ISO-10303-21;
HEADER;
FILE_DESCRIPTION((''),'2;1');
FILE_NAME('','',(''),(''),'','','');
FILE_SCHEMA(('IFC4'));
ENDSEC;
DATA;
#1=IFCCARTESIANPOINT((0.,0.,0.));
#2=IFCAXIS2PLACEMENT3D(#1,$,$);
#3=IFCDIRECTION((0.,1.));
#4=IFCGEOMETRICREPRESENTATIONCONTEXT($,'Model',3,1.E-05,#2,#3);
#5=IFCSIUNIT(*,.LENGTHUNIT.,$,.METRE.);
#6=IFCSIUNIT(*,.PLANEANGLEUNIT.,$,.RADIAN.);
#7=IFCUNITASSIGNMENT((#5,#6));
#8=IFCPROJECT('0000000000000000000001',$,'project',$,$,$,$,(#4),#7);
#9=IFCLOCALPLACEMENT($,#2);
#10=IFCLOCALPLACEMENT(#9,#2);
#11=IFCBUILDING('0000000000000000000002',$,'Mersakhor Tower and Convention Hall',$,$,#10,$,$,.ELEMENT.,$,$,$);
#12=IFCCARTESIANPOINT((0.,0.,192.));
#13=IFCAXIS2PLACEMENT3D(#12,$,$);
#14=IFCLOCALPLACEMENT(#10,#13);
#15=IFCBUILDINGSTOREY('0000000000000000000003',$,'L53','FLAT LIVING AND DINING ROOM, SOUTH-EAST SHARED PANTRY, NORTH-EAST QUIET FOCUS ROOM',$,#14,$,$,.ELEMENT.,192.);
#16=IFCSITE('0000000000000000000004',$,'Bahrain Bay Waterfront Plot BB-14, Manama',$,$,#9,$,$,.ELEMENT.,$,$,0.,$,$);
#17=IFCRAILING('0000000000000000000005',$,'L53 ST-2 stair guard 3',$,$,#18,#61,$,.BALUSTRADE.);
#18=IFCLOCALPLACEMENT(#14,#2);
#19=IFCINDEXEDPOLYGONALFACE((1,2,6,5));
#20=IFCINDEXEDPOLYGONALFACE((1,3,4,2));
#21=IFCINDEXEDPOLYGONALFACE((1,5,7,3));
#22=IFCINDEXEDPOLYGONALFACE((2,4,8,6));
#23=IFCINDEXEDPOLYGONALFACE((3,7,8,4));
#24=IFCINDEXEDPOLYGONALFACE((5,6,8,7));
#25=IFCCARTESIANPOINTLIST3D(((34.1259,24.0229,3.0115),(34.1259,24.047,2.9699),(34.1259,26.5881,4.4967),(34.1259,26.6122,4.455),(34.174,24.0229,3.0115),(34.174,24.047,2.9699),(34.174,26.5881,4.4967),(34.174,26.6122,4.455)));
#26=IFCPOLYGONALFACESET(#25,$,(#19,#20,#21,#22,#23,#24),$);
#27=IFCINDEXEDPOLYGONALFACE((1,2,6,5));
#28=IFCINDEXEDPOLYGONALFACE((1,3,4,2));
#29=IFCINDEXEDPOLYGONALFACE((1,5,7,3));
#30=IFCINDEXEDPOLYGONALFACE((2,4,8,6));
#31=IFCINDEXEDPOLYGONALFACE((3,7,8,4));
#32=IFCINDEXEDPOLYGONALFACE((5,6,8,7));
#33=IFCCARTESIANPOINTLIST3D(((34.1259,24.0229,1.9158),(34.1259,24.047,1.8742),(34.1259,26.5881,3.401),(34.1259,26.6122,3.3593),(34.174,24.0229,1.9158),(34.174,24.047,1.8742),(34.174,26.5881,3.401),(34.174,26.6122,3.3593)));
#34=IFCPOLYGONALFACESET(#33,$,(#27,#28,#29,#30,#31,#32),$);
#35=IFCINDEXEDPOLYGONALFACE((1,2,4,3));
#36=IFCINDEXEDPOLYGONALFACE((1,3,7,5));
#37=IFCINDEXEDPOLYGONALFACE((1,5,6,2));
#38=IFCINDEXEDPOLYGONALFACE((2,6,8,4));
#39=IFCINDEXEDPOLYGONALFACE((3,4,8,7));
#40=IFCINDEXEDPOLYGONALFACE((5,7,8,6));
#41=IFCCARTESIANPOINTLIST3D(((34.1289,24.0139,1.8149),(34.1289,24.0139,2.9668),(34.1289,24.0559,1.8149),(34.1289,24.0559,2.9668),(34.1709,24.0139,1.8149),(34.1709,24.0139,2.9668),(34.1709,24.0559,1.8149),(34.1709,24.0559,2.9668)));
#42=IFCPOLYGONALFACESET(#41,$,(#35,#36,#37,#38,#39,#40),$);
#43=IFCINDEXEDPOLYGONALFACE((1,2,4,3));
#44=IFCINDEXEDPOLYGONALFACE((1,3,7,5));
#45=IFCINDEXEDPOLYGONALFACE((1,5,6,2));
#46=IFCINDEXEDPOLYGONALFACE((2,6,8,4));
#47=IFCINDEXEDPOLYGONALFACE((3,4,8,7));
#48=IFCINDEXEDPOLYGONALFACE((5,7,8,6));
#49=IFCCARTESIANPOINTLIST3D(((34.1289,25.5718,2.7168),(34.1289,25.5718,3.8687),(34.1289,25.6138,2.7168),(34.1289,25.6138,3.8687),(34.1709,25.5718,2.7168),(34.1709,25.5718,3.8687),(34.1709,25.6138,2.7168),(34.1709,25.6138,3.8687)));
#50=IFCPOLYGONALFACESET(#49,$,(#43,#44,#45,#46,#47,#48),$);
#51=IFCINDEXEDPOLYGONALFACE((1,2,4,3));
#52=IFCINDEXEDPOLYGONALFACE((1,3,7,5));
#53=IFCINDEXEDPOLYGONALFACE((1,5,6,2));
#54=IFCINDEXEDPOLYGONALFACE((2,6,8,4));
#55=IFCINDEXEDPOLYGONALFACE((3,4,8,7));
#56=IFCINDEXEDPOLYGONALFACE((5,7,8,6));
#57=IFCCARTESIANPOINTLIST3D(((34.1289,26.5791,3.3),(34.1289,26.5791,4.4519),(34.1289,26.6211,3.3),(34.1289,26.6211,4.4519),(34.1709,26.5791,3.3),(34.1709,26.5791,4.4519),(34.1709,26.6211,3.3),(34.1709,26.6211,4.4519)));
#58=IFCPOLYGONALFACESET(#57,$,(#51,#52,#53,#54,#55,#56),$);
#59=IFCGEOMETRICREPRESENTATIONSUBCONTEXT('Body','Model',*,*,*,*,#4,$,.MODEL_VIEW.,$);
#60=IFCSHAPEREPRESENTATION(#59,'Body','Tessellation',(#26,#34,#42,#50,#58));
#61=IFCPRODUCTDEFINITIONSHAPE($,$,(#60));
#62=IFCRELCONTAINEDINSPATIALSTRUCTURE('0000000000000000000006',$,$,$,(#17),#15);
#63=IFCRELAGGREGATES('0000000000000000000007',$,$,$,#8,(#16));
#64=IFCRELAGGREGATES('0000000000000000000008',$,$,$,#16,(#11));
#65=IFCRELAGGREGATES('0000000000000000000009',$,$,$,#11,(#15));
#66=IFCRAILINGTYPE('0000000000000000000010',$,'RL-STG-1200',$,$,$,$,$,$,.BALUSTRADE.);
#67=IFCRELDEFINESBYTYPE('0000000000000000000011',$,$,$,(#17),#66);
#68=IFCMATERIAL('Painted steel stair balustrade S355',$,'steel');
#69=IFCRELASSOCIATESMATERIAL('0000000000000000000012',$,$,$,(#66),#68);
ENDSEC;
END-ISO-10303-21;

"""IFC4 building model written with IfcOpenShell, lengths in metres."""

from ifc_helpers import new_model, si_unit, direction, frame, origin, origin_2d, place, context, subcontext, project, spatial, rectangle, extrude, material, type_object, element, save


model = new_model("IFC4")

# Units and contexts
model_context = context("Model", 3, precision=1e-05, world=origin(), true_north=direction((0.0, 1.0)))
body_context = subcontext(model_context, "Body", "Model", "MODEL_VIEW")
ifc_project = project(units=[si_unit("LENGTHUNIT", "METRE"), si_unit("PLANEANGLEUNIT", "RADIAN")], contexts=[model_context])

# Site, building, storey
site_placement = place(None, origin())
site = spatial("IfcSite", under=ifc_project, at=site_placement, Name="Bahrain Bay Waterfront Plot BB-14, Manama", CompositionType="ELEMENT", RefElevation=0.0)
building_placement = place(site_placement, origin())
building = spatial("IfcBuilding", under=site, at=building_placement, Name="Mersakhor Tower and Convention Hall", CompositionType="ELEMENT")
storey_placement = place(building_placement, frame((0.0, 0.0, 192.0)))
storey = spatial("IfcBuildingStorey", under=building, at=storey_placement, Name="L53", Description="FLAT LIVING AND DINING ROOM, SOUTH-EAST SHARED PANTRY, NORTH-EAST QUIET FOCUS ROOM", CompositionType="ELEMENT", Elevation=192.0)

# Railing
ifc_material_1 = material(Name="Painted steel stair balustrade S355", Category="steel")
railing_type = type_object("IfcRailingType", Name="RL-STG-1200", PredefinedType="BALUSTRADE", material=ifc_material_1)
railing_1_placement = place(storey_placement, frame((34.1499, 24.0349, 1.8149)))
element("IfcRailing", 1, at=railing_1_placement, inside=storey, type_object=railing_type, Name="L53 ST-2 stair guard 3", PredefinedType="BALUSTRADE", context=body_context, shape_type="SweptSolid", body=[
    extrude(rectangle(XDim=0.0481, YDim=0.0481, at=origin_2d()), frame((0.0, 0.0, 1.1758), z_axis=(0.0, 0.865426, 0.501036), x_axis=(-1.0, 0.0, 0.0)), (0.0, 0.0, 1.0), 2.9641),
    extrude(rectangle(XDim=0.0481, YDim=0.0481, at=origin_2d()), frame((0.0, 0.0, 0.0801), z_axis=(0.0, 0.865426, 0.501036), x_axis=(-1.0, 0.0, 0.0)), (0.0, 0.0, 1.0), 2.9641),
    extrude(rectangle(XDim=0.042, YDim=0.042, at=origin_2d()), origin(), (0.0, 0.0, 1.0), 1.1519),
    extrude(rectangle(XDim=0.042, YDim=0.042, at=origin_2d()), frame((0.0, 1.5579, 0.9019)), (0.0, 0.0, 1.0), 1.1519),
    extrude(rectangle(XDim=0.042, YDim=0.042, at=origin_2d()), frame((0.0, 2.5652, 1.4851)), (0.0, 0.0, 1.0), 1.1519),
])

save(model, "model.ifc")
